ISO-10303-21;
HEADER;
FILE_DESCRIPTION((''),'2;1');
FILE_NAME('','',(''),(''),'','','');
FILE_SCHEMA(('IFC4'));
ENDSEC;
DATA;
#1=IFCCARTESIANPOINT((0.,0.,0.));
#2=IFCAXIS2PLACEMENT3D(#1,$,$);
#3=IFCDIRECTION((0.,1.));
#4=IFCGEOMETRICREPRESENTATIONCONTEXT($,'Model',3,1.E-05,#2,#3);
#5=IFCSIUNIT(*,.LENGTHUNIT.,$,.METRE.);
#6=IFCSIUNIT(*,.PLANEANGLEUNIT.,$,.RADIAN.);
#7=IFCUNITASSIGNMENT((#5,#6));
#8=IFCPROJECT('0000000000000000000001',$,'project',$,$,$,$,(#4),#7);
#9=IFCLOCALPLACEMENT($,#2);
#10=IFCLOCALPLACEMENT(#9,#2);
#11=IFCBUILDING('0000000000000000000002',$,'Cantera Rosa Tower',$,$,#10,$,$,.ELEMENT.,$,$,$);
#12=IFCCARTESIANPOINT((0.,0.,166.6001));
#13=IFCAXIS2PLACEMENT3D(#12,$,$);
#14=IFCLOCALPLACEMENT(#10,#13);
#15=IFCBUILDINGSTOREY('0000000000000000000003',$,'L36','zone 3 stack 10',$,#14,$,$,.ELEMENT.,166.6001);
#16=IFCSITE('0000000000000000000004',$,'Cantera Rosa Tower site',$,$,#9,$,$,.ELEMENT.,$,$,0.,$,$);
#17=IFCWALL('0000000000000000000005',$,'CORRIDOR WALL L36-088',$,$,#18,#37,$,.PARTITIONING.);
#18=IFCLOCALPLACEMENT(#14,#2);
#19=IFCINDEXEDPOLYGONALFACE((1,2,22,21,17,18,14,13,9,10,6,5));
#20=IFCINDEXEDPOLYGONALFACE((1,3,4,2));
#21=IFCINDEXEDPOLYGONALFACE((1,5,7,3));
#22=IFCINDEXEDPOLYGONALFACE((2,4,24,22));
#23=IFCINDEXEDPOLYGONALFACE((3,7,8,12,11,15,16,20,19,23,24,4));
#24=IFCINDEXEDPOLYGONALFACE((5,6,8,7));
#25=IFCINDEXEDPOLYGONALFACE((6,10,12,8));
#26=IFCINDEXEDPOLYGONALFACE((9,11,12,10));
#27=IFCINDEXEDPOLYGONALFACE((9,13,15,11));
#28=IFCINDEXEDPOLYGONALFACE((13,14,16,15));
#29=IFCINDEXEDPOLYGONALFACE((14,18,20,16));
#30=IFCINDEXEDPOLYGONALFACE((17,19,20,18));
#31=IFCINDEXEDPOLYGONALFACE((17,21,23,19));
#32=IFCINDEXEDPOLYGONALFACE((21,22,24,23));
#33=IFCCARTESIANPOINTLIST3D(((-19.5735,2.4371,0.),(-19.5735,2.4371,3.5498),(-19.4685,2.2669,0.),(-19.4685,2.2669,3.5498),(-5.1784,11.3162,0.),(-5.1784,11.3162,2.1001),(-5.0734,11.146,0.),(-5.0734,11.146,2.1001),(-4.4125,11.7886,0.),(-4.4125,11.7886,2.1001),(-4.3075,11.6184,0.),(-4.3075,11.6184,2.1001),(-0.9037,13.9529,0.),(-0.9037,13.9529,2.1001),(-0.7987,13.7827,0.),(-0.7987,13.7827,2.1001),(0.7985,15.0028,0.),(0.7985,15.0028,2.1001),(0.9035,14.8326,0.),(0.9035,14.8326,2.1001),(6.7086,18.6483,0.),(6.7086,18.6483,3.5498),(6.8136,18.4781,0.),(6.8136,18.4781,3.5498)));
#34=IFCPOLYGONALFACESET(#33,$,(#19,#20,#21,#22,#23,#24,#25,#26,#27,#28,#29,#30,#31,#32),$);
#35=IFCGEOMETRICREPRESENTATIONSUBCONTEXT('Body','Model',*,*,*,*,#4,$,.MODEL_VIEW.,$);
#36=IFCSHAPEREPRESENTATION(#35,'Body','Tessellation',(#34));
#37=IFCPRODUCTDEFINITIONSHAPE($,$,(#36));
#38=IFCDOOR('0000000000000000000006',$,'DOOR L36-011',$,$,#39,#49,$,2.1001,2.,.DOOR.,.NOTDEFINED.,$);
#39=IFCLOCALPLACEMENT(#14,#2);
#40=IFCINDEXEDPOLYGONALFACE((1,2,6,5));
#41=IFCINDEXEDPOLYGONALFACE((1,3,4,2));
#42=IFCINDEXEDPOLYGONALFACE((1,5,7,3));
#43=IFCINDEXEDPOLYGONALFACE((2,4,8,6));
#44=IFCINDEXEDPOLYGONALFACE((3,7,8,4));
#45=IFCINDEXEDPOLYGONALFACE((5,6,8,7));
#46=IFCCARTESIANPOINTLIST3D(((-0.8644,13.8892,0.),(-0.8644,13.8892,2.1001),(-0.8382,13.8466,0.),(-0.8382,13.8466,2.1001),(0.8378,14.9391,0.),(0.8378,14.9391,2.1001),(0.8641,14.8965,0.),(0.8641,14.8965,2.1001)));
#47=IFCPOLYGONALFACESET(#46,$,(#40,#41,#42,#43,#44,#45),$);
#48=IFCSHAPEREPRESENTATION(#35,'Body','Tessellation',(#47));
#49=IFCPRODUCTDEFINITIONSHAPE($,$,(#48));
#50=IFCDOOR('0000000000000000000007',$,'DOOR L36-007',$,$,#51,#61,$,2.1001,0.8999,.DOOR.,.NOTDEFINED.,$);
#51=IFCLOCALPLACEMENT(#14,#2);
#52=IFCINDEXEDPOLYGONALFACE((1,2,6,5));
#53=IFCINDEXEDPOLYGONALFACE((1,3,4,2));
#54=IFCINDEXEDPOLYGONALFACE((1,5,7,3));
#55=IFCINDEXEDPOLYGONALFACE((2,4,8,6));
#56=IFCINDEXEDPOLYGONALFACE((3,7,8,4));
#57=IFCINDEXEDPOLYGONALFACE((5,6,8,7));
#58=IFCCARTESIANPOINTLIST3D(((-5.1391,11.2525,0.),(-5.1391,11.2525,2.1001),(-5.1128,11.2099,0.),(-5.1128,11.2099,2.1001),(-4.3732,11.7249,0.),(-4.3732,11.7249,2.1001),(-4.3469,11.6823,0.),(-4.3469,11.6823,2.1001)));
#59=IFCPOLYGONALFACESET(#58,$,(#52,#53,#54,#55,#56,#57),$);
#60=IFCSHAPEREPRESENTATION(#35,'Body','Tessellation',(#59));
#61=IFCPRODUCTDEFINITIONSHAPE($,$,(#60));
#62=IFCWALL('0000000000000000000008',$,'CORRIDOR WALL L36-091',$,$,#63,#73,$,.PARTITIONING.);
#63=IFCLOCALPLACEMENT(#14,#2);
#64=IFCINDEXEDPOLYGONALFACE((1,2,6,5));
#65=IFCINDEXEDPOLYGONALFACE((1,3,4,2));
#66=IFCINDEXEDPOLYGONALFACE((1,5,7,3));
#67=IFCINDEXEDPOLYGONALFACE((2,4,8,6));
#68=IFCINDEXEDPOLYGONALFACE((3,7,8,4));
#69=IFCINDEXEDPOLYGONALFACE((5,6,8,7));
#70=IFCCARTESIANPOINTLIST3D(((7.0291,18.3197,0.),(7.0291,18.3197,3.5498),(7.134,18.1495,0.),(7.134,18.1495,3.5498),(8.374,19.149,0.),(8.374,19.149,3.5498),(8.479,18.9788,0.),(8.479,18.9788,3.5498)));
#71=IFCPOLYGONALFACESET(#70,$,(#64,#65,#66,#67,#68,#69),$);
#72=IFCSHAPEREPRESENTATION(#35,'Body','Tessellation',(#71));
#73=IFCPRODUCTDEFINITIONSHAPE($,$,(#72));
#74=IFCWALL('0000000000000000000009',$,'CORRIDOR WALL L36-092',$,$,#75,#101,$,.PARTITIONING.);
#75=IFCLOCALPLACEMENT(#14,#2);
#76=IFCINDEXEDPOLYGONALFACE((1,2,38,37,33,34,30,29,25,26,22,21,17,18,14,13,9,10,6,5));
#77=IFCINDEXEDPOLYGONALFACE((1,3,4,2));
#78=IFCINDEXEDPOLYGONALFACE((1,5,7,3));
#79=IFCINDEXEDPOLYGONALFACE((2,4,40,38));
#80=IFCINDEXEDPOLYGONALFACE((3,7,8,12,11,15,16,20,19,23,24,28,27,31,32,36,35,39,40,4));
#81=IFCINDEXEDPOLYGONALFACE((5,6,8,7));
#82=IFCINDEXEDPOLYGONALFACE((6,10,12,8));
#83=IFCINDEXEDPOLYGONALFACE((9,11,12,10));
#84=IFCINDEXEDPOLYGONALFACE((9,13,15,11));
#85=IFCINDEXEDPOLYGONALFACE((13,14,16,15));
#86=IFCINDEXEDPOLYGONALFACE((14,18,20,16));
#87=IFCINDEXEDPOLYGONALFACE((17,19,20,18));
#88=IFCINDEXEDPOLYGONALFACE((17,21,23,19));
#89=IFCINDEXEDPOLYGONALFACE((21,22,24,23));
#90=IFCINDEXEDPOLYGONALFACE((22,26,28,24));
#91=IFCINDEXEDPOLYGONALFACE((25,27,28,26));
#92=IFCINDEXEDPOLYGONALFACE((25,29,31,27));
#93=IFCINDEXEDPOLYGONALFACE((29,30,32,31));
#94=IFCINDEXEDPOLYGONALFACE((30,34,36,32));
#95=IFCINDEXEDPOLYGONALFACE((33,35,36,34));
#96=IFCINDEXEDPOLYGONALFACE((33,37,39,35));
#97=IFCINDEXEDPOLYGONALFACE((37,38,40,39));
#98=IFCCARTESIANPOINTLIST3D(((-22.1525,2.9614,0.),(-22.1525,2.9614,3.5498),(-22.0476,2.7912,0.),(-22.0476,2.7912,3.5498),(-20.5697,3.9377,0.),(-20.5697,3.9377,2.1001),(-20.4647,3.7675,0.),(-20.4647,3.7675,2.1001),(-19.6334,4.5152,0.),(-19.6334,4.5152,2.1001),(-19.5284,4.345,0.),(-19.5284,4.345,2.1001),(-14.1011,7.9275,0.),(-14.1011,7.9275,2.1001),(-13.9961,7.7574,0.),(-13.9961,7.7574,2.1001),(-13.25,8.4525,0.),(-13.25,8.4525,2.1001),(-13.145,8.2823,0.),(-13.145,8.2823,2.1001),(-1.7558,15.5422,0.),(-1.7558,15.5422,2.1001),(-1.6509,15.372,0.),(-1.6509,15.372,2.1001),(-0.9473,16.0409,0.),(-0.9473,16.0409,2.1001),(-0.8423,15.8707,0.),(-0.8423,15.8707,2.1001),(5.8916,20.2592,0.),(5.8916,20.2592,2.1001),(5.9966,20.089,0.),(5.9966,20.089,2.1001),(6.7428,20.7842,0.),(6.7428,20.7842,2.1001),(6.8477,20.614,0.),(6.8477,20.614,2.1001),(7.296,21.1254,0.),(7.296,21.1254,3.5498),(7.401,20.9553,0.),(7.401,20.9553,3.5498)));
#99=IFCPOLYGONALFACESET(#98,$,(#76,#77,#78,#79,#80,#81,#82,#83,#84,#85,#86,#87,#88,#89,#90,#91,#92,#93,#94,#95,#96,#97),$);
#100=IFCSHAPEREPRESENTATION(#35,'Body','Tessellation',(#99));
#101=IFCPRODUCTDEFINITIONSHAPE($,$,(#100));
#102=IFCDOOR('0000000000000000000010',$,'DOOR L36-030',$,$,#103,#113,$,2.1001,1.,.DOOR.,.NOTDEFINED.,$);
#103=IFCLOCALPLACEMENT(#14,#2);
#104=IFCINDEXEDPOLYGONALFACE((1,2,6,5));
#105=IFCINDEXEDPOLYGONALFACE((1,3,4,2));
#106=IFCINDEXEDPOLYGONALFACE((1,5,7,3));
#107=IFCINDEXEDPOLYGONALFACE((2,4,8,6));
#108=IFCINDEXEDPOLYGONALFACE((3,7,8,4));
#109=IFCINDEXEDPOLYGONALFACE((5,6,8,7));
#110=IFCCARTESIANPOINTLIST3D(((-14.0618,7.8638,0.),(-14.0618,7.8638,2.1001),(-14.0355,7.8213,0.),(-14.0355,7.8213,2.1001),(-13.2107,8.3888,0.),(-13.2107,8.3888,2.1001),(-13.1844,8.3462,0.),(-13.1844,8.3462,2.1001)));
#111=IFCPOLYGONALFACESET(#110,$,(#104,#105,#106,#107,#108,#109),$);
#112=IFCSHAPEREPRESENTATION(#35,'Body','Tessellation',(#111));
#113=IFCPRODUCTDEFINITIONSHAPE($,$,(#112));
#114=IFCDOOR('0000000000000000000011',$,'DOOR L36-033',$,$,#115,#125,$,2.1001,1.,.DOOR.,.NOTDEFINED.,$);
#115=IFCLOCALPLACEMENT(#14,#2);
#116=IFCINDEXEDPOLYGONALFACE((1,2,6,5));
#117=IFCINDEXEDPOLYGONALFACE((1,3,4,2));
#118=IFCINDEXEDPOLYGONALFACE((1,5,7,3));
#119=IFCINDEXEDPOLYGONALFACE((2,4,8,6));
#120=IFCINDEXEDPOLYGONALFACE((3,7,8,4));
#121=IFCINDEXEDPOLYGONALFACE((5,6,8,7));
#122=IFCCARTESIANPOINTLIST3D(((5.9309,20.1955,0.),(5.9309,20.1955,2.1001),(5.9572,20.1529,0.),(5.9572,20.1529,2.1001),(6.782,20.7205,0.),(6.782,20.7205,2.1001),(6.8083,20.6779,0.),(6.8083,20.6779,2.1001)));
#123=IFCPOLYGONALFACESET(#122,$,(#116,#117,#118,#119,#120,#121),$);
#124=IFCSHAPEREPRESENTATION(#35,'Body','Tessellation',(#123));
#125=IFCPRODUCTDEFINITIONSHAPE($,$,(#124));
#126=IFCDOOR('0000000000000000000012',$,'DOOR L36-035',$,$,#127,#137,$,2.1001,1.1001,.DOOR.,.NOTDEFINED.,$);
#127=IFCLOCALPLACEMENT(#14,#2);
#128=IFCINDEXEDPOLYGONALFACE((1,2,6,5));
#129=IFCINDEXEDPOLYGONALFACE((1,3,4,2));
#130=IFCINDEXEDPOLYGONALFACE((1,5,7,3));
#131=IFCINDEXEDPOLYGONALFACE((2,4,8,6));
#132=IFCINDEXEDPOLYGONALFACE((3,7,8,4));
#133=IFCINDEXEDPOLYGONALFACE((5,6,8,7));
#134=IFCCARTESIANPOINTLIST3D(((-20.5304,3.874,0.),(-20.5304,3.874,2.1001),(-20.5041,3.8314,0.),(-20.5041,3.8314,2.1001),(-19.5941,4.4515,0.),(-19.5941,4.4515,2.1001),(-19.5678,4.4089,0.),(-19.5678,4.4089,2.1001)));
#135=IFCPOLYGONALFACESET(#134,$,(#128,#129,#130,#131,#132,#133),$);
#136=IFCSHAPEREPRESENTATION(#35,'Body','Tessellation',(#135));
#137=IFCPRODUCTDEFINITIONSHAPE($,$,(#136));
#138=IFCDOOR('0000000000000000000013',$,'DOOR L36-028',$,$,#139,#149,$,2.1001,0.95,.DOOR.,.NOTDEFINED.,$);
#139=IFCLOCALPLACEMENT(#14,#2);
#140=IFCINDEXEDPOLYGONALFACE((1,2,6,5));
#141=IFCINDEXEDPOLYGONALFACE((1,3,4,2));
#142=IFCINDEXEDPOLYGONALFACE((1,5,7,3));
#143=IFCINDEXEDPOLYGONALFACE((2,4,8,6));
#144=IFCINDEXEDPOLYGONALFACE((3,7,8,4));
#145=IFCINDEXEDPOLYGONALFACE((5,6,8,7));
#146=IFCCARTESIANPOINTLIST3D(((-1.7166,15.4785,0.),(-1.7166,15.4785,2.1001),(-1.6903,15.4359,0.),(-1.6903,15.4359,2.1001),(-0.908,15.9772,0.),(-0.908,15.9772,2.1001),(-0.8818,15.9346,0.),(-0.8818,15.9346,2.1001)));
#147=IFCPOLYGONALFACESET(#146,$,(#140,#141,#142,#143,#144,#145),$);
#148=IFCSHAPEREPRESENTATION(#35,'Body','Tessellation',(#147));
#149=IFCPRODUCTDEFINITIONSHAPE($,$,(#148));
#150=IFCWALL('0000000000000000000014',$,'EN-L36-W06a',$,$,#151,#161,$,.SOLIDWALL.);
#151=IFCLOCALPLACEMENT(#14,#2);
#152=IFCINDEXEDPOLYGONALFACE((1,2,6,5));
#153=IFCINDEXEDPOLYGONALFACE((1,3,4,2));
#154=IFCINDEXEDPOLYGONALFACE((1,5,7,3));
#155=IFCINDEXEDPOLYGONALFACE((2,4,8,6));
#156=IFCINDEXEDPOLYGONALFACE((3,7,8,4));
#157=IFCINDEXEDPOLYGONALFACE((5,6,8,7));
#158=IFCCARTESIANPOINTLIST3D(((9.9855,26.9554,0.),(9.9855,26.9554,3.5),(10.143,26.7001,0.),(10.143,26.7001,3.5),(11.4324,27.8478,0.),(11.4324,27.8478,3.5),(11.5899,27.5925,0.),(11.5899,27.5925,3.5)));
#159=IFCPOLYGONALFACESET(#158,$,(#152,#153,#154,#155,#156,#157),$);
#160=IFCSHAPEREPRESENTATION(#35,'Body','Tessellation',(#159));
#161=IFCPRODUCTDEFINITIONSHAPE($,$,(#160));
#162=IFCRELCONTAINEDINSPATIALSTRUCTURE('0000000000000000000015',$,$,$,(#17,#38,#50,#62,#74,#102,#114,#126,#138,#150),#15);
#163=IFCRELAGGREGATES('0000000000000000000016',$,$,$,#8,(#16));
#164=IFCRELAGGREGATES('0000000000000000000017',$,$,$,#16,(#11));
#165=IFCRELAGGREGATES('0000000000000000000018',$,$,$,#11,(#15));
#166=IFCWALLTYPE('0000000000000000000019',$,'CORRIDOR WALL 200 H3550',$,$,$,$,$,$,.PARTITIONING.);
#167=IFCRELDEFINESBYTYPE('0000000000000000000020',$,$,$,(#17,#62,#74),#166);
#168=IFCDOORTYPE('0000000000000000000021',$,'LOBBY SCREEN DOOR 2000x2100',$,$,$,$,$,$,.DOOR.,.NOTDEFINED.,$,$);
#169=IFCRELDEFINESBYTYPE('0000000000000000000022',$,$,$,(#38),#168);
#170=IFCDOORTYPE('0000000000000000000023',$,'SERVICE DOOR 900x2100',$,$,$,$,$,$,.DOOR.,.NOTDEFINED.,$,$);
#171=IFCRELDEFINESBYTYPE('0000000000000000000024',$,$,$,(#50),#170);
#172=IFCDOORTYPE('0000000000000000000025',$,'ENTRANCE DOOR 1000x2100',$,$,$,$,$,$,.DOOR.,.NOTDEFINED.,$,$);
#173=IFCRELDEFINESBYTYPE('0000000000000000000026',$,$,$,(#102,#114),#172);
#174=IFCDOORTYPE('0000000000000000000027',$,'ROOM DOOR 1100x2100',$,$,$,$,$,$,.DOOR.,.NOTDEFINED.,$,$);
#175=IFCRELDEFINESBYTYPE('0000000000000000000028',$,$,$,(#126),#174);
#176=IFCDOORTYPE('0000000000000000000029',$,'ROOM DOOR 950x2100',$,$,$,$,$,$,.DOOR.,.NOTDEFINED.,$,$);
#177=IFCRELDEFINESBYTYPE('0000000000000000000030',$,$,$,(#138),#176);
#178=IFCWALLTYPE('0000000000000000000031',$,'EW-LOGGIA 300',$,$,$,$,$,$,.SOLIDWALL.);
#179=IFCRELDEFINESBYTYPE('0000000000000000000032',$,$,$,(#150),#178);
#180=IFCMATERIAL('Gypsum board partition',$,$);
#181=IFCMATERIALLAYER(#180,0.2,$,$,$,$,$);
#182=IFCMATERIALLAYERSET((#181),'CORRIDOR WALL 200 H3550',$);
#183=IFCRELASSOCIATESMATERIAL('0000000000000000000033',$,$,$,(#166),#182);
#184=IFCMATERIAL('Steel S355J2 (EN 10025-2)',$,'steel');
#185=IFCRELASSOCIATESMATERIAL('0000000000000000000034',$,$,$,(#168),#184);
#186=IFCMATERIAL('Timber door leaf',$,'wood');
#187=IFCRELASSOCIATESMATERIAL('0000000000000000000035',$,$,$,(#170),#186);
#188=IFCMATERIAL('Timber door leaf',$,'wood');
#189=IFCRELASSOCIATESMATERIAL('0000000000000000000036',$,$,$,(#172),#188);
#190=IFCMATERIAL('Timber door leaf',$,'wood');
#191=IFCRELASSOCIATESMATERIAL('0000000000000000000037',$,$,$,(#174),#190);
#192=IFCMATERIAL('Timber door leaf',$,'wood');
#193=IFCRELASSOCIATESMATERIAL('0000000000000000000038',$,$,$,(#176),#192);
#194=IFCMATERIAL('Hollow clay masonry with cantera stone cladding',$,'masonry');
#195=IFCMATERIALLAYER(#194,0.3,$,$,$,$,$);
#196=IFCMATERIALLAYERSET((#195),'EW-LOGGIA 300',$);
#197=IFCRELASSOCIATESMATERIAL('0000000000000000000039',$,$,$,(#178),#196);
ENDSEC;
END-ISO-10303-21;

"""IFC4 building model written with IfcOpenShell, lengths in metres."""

from ifc_helpers import new_model, si_unit, direction, frame, frame_2d, origin, place, context, subcontext, project, spatial, rectangle, extrude, material, layer, layer_set, type_object, element, fill, save


model = new_model("IFC4")

# Units and contexts
model_context = context("Model", 3, precision=1e-05, world=origin(), true_north=direction((0.0, 1.0)))
body_context = subcontext(model_context, "Body", "Model", "MODEL_VIEW")
ifc_project = project(units=[si_unit("LENGTHUNIT", "METRE"), si_unit("PLANEANGLEUNIT", "RADIAN")], contexts=[model_context])

# Site, building, storey
site_placement = place(None, origin())
site = spatial("IfcSite", under=ifc_project, at=site_placement, Name="Cantera Rosa Tower site", CompositionType="ELEMENT", RefElevation=0.0)
building_placement = place(site_placement, origin())
building = spatial("IfcBuilding", under=site, at=building_placement, Name="Cantera Rosa Tower", CompositionType="ELEMENT")
storey_placement = place(building_placement, frame((0.0, 0.0, 166.6001)))
storey = spatial("IfcBuildingStorey", under=building, at=storey_placement, Name="L36", Description="zone 3 stack 10", CompositionType="ELEMENT", Elevation=166.6001)

# Wall, openings, doors
ifc_material_1 = material(Name="Gypsum board partition")
ifc_layer_1 = layer(ifc_material_1, 0.2)
ifc_layer_set_1 = layer_set([ifc_layer_1], Name="CORRIDOR WALL 200 H3550")
wall_type_1 = type_object("IfcWallType", Name="CORRIDOR WALL 200 H3550", PredefinedType="PARTITIONING", material=ifc_layer_set_1)
wall_1_placement = place(storey_placement, frame((6.7612, 18.5632, 0.0), z_axis=(0.0, 0.0, 1.0), x_axis=(-0.851116, -0.524978, 0.0)))
wall_1 = element("IfcWall", 1, at=wall_1_placement, inside=storey, type_object=wall_type_1, Name="CORRIDOR WALL L36-088", PredefinedType="PARTITIONING", context=body_context, shape_type="SweptSolid", body=[
    extrude(rectangle(XDim=30.8796, YDim=0.2, at=frame_2d((15.4399, 0.0))), origin(), (0.0, 0.0, 1.0), 3.5498),
])
opening_1_placement = place(wall_1_placement, frame((13.0667, 0.0, 0.0)))
opening_1 = element("IfcOpeningElement", 2, at=opening_1_placement, cuts=wall_1, PredefinedType="OPENING", context=body_context, shape_type="SweptSolid", body=[
    extrude(rectangle(XDim=0.8999, YDim=2.1001, at=frame_2d((0.45, 1.05))), frame((0.0, 0.1099, 0.0), z_axis=(0.0, -1.0, 0.0), x_axis=(1.0, 0.0, 0.0)), (0.0, 0.0, 1.0), 0.22),
])
opening_2_placement = place(wall_1_placement, frame((6.9441, 0.0, 0.0)))
opening_2 = element("IfcOpeningElement", 3, at=opening_2_placement, cuts=wall_1, PredefinedType="OPENING", context=body_context, shape_type="SweptSolid", body=[
    extrude(rectangle(XDim=2.0, YDim=2.1001, at=frame_2d((1.0, 1.05))), frame((0.0, 0.1099, 0.0), z_axis=(0.0, -1.0, 0.0), x_axis=(1.0, 0.0, 0.0)), (0.0, 0.0, 1.0), 0.22),
])
ifc_material_2 = material(Name="Steel S355J2 (EN 10025-2)", Category="steel")
door_type_1 = type_object("IfcDoorType", Name="LOBBY SCREEN DOOR 2000x2100", OperationType="NOTDEFINED", PredefinedType="DOOR", material=ifc_material_2)
door_1_placement = place(opening_2_placement, origin())
door_1 = element("IfcDoor", 4, at=door_1_placement, inside=storey, type_object=door_type_1, Name="DOOR L36-011", OperationType="NOTDEFINED", OverallHeight=2.1001, OverallWidth=2.0, PredefinedType="DOOR", context=body_context, shape_type="SweptSolid", body=[
    extrude(rectangle(XDim=2.0, YDim=2.1001, at=frame_2d((1.0, 1.05))), frame((0.0, 0.0249, 0.0), z_axis=(0.0, -1.0, 0.0), x_axis=(1.0, 0.0, 0.0)), (0.0, 0.0, 1.0), 0.05),
])
fill(opening_2, door_1)
ifc_material_3 = material(Name="Timber door leaf", Category="wood")
door_type_2 = type_object("IfcDoorType", Name="SERVICE DOOR 900x2100", OperationType="NOTDEFINED", PredefinedType="DOOR", material=ifc_material_3)
door_2_placement = place(opening_1_placement, origin())
door_2 = element("IfcDoor", 5, at=door_2_placement, inside=storey, type_object=door_type_2, Name="DOOR L36-007", OperationType="NOTDEFINED", OverallHeight=2.1001, OverallWidth=0.8999, PredefinedType="DOOR", context=body_context, shape_type="SweptSolid", body=[
    extrude(rectangle(XDim=0.8999, YDim=2.1001, at=frame_2d((0.45, 1.05))), frame((0.0, 0.0249, 0.0), z_axis=(0.0, -1.0, 0.0), x_axis=(1.0, 0.0, 0.0)), (0.0, 0.0, 1.0), 0.05),
])
fill(opening_1, door_2)

# Wall
wall_2_placement = place(storey_placement, frame((7.0815, 18.2346, 0.0), z_axis=(0.0, 0.0, 1.0), x_axis=(0.851186, 0.524864, 0.0)))
element("IfcWall", 6, at=wall_2_placement, inside=storey, type_object=wall_type_1, Name="CORRIDOR WALL L36-091", PredefinedType="PARTITIONING", context=body_context, shape_type="SweptSolid", body=[
    extrude(rectangle(XDim=1.5801, YDim=0.2, at=frame_2d((0.79, 0.0))), origin(), (0.0, 0.0, 1.0), 3.5498),
])

# Wall, openings, doors
wall_3_placement = place(storey_placement, frame((7.3484, 21.0403, 0.0), z_axis=(0.0, 0.0, 1.0), x_axis=(-0.851117, -0.524976, 0.0)))
wall_3 = element("IfcWall", 7, at=wall_3_placement, inside=storey, type_object=wall_type_1, Name="CORRIDOR WALL L36-092", PredefinedType="PARTITIONING", context=body_context, shape_type="SweptSolid", body=[
    extrude(rectangle(XDim=34.5999, YDim=0.2, at=frame_2d((17.2998, 0.0))), origin(), (0.0, 0.0, 1.0), 3.5498),
])
opening_3_placement = place(wall_3_placement, frame((9.6851, 0.0, 0.0)))
opening_3 = element("IfcOpeningElement", 8, at=opening_3_placement, cuts=wall_3, PredefinedType="OPENING", context=body_context, shape_type="SweptSolid", body=[
    extrude(rectangle(XDim=0.95, YDim=2.1001, at=frame_2d((0.4751, 1.05))), frame((0.0, 0.1099, 0.0), z_axis=(0.0, -1.0, 0.0), x_axis=(1.0, 0.0, 0.0)), (0.0, 0.0, 1.0), 0.22),
])
opening_4_placement = place(wall_3_placement, frame((24.1399, 0.0, 0.0)))
opening_4 = element("IfcOpeningElement", 9, at=opening_4_placement, cuts=wall_3, PredefinedType="OPENING", context=body_context, shape_type="SweptSolid", body=[
    extrude(rectangle(XDim=1.0, YDim=2.1001, at=frame_2d((0.5, 1.05))), frame((0.0, 0.1099, 0.0), z_axis=(0.0, -1.0, 0.0), x_axis=(1.0, 0.0, 0.0)), (0.0, 0.0, 1.0), 0.22),
])
opening_5_placement = place(wall_3_placement, frame((0.6499, 0.0, 0.0)))
opening_5 = element("IfcOpeningElement", 10, at=opening_5_placement, cuts=wall_3, PredefinedType="OPENING", context=body_context, shape_type="SweptSolid", body=[
    extrude(rectangle(XDim=1.0, YDim=2.1001, at=frame_2d((0.5, 1.05))), frame((0.0, 0.1099, 0.0), z_axis=(0.0, -1.0, 0.0), x_axis=(1.0, 0.0, 0.0)), (0.0, 0.0, 1.0), 0.22),
])
opening_6_placement = place(wall_3_placement, frame((31.6399, 0.0, 0.0)))
opening_6 = element("IfcOpeningElement", 11, at=opening_6_placement, cuts=wall_3, PredefinedType="OPENING", context=body_context, shape_type="SweptSolid", body=[
    extrude(rectangle(XDim=1.1001, YDim=2.1001, at=frame_2d((0.55, 1.05))), frame((0.0, 0.1099, 0.0), z_axis=(0.0, -1.0, 0.0), x_axis=(1.0, 0.0, 0.0)), (0.0, 0.0, 1.0), 0.22),
])
ifc_material_4 = material(Name="Timber door leaf", Category="wood")
door_type_3 = type_object("IfcDoorType", Name="ENTRANCE DOOR 1000x2100", OperationType="NOTDEFINED", PredefinedType="DOOR", material=ifc_material_4)
door_3_placement = place(opening_4_placement, origin())
door_3 = element("IfcDoor", 12, at=door_3_placement, inside=storey, type_object=door_type_3, Name="DOOR L36-030", OperationType="NOTDEFINED", OverallHeight=2.1001, OverallWidth=1.0, PredefinedType="DOOR", context=body_context, shape_type="SweptSolid", body=[
    extrude(rectangle(XDim=1.0, YDim=2.1001, at=frame_2d((0.5, 1.05))), frame((0.0, 0.0249, 0.0), z_axis=(0.0, -1.0, 0.0), x_axis=(1.0, 0.0, 0.0)), (0.0, 0.0, 1.0), 0.05),
])
fill(opening_4, door_3)
door_4_placement = place(opening_5_placement, origin())
door_4 = element("IfcDoor", 13, at=door_4_placement, inside=storey, type_object=door_type_3, Name="DOOR L36-033", OperationType="NOTDEFINED", OverallHeight=2.1001, OverallWidth=1.0, PredefinedType="DOOR", context=body_context, shape_type="SweptSolid", body=[
    extrude(rectangle(XDim=1.0, YDim=2.1001, at=frame_2d((0.5, 1.05))), frame((0.0, 0.0249, 0.0), z_axis=(0.0, -1.0, 0.0), x_axis=(1.0, 0.0, 0.0)), (0.0, 0.0, 1.0), 0.05),
])
fill(opening_5, door_4)
ifc_material_5 = material(Name="Timber door leaf", Category="wood")
door_type_4 = type_object("IfcDoorType", Name="ROOM DOOR 1100x2100", OperationType="NOTDEFINED", PredefinedType="DOOR", material=ifc_material_5)
door_5_placement = place(opening_6_placement, origin())
door_5 = element("IfcDoor", 14, at=door_5_placement, inside=storey, type_object=door_type_4, Name="DOOR L36-035", OperationType="NOTDEFINED", OverallHeight=2.1001, OverallWidth=1.1001, PredefinedType="DOOR", context=body_context, shape_type="SweptSolid", body=[
    extrude(rectangle(XDim=1.1001, YDim=2.1001, at=frame_2d((0.55, 1.05))), frame((0.0, 0.0249, 0.0), z_axis=(0.0, -1.0, 0.0), x_axis=(1.0, 0.0, 0.0)), (0.0, 0.0, 1.0), 0.05),
])
fill(opening_6, door_5)
ifc_material_6 = material(Name="Timber door leaf", Category="wood")
door_type_5 = type_object("IfcDoorType", Name="ROOM DOOR 950x2100", OperationType="NOTDEFINED", PredefinedType="DOOR", material=ifc_material_6)
door_6_placement = place(opening_3_placement, origin())
door_6 = element("IfcDoor", 15, at=door_6_placement, inside=storey, type_object=door_type_5, Name="DOOR L36-028", OperationType="NOTDEFINED", OverallHeight=2.1001, OverallWidth=0.95, PredefinedType="DOOR", context=body_context, shape_type="SweptSolid", body=[
    extrude(rectangle(XDim=0.95, YDim=2.1001, at=frame_2d((0.4751, 1.05))), frame((0.0, 0.0249, 0.0), z_axis=(0.0, -1.0, 0.0), x_axis=(1.0, 0.0, 0.0)), (0.0, 0.0, 1.0), 0.05),
])
fill(opening_3, door_6)

# Wall
ifc_material_7 = material(Name="Hollow clay masonry with cantera stone cladding", Category="masonry")
ifc_layer_2 = layer(ifc_material_7, 0.3)
ifc_layer_set_2 = layer_set([ifc_layer_2], Name="EW-LOGGIA 300")
wall_type_2 = type_object("IfcWallType", Name="EW-LOGGIA 300", PredefinedType="SOLIDWALL", material=ifc_layer_set_2)
wall_4_placement = place(storey_placement, frame((11.5112, 27.7202, 0.0), z_axis=(0.0, 0.0, 1.0), x_axis=(-0.85113, -0.524955, 0.0)))
element("IfcWall", 16, at=wall_4_placement, inside=storey, type_object=wall_type_2, Name="EN-L36-W06a", PredefinedType="SOLIDWALL", context=body_context, shape_type="SweptSolid", body=[
    extrude(rectangle(XDim=1.7, YDim=0.3, at=frame_2d((0.8501, 0.0))), origin(), (0.0, 0.0, 1.0), 3.5),
])

save(model, "model.ifc")
